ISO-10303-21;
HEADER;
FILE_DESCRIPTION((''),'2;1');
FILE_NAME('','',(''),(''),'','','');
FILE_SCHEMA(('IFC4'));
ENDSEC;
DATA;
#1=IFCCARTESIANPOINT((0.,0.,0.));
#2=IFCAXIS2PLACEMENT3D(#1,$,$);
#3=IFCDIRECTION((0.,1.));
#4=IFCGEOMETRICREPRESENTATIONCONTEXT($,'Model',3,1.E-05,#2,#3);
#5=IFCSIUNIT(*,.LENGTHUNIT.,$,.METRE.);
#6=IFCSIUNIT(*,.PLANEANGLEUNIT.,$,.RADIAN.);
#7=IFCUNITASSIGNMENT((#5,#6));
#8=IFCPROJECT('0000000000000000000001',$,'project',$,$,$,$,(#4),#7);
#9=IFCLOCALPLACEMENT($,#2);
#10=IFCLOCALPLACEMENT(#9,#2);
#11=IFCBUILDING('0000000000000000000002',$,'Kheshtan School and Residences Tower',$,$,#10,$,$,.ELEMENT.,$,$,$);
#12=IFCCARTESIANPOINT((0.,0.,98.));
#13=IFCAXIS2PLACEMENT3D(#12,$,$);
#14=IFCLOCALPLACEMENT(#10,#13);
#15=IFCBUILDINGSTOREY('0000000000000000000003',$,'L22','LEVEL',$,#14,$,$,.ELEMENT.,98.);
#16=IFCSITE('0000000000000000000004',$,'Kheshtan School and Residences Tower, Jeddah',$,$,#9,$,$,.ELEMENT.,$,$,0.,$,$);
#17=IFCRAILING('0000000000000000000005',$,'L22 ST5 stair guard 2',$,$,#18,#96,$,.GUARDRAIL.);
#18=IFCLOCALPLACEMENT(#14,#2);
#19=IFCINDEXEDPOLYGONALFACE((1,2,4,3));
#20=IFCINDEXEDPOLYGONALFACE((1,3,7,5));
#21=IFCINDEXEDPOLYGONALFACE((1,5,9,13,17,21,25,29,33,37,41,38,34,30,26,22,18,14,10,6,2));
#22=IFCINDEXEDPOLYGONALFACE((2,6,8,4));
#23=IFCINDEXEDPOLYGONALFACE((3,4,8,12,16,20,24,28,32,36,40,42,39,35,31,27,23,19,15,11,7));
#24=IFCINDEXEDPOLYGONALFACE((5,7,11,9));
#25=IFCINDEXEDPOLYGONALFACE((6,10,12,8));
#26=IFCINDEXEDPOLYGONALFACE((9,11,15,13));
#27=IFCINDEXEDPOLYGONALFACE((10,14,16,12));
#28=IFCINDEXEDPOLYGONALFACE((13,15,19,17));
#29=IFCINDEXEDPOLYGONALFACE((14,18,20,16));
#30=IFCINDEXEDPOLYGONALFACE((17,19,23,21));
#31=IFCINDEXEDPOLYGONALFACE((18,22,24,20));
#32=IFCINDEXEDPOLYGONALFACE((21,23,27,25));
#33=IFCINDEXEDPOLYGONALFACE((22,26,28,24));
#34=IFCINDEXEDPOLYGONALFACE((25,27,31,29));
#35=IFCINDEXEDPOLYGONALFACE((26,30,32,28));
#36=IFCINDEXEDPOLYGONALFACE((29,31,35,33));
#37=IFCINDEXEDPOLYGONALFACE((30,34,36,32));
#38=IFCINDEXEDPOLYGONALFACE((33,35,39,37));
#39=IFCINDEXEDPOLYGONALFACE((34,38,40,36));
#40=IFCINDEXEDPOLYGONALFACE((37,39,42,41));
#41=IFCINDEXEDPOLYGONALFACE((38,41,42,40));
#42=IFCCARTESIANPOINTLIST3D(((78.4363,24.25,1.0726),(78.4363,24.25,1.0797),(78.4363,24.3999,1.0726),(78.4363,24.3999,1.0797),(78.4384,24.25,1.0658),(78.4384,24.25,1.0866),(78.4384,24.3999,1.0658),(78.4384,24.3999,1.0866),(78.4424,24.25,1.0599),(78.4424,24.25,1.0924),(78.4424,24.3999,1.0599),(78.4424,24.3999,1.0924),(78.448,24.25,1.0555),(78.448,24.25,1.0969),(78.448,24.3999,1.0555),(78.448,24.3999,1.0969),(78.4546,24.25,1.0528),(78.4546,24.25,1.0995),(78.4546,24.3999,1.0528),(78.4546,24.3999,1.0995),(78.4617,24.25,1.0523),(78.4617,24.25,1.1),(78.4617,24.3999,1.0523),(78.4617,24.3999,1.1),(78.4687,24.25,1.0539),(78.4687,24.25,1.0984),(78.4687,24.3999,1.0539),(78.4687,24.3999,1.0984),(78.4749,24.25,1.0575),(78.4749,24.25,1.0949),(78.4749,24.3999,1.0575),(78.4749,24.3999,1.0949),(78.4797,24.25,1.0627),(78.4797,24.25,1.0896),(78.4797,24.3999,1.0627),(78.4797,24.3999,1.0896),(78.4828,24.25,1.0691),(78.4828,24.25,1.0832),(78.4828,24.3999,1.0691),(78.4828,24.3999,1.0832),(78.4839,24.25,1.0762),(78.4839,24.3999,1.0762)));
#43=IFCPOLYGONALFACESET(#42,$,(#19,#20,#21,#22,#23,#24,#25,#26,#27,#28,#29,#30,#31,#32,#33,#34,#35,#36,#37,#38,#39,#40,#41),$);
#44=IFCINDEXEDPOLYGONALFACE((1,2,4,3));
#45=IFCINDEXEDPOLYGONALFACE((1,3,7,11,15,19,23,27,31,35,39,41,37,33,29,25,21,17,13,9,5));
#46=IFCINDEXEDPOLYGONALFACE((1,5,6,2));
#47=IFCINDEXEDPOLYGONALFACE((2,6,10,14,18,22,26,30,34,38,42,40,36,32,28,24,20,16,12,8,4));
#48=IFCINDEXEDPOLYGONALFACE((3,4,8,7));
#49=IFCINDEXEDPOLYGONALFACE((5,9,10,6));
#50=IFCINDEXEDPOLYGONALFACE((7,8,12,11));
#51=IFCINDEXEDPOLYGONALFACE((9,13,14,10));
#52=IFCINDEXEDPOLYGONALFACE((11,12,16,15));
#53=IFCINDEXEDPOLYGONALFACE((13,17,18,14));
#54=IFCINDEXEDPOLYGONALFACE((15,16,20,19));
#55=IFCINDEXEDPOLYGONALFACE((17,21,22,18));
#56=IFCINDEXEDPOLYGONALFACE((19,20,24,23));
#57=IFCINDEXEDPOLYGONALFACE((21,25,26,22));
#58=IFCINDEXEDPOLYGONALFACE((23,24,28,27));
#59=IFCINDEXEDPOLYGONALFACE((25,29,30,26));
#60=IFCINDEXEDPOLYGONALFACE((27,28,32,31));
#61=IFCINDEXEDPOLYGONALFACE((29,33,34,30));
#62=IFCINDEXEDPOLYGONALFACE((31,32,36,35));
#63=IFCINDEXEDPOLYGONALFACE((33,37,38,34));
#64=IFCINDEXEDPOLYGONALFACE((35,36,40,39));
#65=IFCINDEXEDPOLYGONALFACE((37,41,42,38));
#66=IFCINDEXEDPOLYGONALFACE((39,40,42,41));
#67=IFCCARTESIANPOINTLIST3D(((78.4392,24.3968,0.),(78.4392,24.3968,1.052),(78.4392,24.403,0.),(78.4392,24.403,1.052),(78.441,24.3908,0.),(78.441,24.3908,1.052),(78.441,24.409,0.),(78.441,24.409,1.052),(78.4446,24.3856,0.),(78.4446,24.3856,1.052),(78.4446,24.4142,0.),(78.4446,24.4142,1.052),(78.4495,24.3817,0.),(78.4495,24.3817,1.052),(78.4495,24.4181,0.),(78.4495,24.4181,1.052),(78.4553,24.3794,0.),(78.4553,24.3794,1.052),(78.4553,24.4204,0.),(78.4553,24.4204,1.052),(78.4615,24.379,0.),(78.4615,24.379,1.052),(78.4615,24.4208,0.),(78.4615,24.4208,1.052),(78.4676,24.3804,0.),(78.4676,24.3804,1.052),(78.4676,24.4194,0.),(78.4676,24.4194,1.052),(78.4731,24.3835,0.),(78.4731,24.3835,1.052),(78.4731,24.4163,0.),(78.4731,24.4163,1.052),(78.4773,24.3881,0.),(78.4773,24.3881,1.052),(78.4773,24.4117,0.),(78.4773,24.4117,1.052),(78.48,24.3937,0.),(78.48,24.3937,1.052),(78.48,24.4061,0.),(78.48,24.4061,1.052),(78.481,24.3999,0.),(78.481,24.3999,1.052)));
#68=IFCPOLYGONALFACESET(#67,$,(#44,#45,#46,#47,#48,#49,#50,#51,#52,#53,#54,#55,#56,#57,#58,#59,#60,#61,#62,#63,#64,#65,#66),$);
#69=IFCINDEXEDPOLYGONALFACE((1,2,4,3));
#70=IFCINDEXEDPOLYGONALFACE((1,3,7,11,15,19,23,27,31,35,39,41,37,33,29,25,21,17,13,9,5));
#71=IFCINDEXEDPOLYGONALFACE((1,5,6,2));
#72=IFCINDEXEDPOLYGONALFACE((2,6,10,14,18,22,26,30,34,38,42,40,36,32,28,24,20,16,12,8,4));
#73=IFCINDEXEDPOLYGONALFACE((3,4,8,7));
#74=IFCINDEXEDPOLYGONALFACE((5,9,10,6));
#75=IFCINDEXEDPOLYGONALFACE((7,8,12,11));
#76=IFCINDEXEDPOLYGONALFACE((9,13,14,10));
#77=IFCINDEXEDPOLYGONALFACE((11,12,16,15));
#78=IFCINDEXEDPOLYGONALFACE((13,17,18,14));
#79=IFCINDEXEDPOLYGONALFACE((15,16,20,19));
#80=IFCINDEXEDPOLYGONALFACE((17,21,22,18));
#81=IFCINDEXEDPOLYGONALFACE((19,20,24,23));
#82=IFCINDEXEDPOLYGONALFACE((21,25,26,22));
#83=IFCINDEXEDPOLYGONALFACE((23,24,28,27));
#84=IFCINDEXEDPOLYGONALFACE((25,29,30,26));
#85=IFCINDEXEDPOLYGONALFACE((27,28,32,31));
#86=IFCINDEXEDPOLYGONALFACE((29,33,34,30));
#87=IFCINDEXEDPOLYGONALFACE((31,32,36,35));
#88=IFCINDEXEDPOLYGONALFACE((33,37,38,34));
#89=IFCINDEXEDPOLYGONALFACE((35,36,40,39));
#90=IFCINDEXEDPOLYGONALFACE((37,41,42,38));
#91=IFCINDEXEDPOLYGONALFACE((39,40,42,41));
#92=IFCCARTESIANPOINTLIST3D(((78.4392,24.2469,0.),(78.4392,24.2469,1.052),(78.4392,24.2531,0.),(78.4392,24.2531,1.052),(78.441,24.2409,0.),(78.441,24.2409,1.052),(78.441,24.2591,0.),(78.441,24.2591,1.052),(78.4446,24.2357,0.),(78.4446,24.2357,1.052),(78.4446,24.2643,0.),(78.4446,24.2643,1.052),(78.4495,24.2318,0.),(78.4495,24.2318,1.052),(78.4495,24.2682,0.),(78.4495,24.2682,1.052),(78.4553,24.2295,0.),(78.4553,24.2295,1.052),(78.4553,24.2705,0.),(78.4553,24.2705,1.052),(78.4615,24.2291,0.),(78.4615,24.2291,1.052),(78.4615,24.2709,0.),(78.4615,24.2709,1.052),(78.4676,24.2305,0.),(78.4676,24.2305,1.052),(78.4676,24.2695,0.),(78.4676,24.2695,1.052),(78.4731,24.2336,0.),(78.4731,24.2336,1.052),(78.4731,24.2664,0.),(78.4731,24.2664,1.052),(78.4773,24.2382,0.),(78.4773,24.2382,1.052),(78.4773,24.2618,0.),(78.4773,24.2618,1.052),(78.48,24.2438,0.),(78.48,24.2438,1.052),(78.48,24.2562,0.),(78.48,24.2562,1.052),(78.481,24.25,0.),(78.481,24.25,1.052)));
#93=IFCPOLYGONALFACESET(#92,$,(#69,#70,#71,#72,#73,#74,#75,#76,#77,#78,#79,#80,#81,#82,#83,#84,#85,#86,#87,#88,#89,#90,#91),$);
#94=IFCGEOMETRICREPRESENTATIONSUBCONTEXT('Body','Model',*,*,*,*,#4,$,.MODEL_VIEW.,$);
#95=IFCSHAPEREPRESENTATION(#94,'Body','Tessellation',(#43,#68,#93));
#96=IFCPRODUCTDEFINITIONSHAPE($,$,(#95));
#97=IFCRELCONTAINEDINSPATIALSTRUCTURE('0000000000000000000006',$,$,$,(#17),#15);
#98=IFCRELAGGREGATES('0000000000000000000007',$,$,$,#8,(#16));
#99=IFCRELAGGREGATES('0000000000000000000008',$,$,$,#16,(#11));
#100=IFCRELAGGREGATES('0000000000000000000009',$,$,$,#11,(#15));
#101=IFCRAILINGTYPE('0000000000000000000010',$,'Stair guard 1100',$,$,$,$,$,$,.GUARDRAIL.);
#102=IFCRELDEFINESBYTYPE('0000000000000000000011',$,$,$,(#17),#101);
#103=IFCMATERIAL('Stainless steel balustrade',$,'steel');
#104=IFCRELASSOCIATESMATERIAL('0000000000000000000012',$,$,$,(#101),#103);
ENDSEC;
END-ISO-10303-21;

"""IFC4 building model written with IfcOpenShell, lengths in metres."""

from ifc_helpers import new_model, si_unit, direction, frame, origin, origin_2d, place, context, subcontext, project, spatial, circle, extrude, material, type_object, element, save


model = new_model("IFC4")

# Units and contexts
model_context = context("Model", 3, precision=1e-05, world=origin(), true_north=direction((0.0, 1.0)))
body_context = subcontext(model_context, "Body", "Model", "MODEL_VIEW")
ifc_project = project(units=[si_unit("LENGTHUNIT", "METRE"), si_unit("PLANEANGLEUNIT", "RADIAN")], contexts=[model_context])

# Site, building, storey
site_placement = place(None, origin())
site = spatial("IfcSite", under=ifc_project, at=site_placement, Name="Kheshtan School and Residences Tower, Jeddah", CompositionType="ELEMENT", RefElevation=0.0)
building_placement = place(site_placement, origin())
building = spatial("IfcBuilding", under=site, at=building_placement, Name="Kheshtan School and Residences Tower", CompositionType="ELEMENT")
storey_placement = place(building_placement, frame((0.0, 0.0, 98.0)))
storey = spatial("IfcBuildingStorey", under=building, at=storey_placement, Name="L22", Description="LEVEL", CompositionType="ELEMENT", Elevation=98.0)

# Railing
ifc_material_1 = material(Name="Stainless steel balustrade", Category="steel")
railing_type_1 = type_object("IfcRailingType", Name="Stair guard 1100", PredefinedType="GUARDRAIL", material=ifc_material_1)
railing_1_placement = place(storey_placement, frame((78.46, 24.3999, 0.0)))
element("IfcRailing", 1, at=railing_1_placement, inside=storey, type_object=railing_type_1, Name="L22 ST5 stair guard 2", PredefinedType="GUARDRAIL", context=body_context, shape_type="SweptSolid", body=[
    extrude(circle(Radius=0.0239, at=origin_2d()), frame((0.0, 0.0, 1.0762), z_axis=(0.0, -1.0, 0.0), x_axis=(1.0, 0.0, 0.0)), (0.0, 0.0, 1.0), 0.1499),
    extrude(circle(Radius=0.021, at=origin_2d()), origin(), (0.0, 0.0, 1.0), 1.052),
    extrude(circle(Radius=0.021, at=origin_2d()), frame((0.0, -0.1499, 0.0)), (0.0, 0.0, 1.0), 1.052),
])

save(model, "model.ifc")
